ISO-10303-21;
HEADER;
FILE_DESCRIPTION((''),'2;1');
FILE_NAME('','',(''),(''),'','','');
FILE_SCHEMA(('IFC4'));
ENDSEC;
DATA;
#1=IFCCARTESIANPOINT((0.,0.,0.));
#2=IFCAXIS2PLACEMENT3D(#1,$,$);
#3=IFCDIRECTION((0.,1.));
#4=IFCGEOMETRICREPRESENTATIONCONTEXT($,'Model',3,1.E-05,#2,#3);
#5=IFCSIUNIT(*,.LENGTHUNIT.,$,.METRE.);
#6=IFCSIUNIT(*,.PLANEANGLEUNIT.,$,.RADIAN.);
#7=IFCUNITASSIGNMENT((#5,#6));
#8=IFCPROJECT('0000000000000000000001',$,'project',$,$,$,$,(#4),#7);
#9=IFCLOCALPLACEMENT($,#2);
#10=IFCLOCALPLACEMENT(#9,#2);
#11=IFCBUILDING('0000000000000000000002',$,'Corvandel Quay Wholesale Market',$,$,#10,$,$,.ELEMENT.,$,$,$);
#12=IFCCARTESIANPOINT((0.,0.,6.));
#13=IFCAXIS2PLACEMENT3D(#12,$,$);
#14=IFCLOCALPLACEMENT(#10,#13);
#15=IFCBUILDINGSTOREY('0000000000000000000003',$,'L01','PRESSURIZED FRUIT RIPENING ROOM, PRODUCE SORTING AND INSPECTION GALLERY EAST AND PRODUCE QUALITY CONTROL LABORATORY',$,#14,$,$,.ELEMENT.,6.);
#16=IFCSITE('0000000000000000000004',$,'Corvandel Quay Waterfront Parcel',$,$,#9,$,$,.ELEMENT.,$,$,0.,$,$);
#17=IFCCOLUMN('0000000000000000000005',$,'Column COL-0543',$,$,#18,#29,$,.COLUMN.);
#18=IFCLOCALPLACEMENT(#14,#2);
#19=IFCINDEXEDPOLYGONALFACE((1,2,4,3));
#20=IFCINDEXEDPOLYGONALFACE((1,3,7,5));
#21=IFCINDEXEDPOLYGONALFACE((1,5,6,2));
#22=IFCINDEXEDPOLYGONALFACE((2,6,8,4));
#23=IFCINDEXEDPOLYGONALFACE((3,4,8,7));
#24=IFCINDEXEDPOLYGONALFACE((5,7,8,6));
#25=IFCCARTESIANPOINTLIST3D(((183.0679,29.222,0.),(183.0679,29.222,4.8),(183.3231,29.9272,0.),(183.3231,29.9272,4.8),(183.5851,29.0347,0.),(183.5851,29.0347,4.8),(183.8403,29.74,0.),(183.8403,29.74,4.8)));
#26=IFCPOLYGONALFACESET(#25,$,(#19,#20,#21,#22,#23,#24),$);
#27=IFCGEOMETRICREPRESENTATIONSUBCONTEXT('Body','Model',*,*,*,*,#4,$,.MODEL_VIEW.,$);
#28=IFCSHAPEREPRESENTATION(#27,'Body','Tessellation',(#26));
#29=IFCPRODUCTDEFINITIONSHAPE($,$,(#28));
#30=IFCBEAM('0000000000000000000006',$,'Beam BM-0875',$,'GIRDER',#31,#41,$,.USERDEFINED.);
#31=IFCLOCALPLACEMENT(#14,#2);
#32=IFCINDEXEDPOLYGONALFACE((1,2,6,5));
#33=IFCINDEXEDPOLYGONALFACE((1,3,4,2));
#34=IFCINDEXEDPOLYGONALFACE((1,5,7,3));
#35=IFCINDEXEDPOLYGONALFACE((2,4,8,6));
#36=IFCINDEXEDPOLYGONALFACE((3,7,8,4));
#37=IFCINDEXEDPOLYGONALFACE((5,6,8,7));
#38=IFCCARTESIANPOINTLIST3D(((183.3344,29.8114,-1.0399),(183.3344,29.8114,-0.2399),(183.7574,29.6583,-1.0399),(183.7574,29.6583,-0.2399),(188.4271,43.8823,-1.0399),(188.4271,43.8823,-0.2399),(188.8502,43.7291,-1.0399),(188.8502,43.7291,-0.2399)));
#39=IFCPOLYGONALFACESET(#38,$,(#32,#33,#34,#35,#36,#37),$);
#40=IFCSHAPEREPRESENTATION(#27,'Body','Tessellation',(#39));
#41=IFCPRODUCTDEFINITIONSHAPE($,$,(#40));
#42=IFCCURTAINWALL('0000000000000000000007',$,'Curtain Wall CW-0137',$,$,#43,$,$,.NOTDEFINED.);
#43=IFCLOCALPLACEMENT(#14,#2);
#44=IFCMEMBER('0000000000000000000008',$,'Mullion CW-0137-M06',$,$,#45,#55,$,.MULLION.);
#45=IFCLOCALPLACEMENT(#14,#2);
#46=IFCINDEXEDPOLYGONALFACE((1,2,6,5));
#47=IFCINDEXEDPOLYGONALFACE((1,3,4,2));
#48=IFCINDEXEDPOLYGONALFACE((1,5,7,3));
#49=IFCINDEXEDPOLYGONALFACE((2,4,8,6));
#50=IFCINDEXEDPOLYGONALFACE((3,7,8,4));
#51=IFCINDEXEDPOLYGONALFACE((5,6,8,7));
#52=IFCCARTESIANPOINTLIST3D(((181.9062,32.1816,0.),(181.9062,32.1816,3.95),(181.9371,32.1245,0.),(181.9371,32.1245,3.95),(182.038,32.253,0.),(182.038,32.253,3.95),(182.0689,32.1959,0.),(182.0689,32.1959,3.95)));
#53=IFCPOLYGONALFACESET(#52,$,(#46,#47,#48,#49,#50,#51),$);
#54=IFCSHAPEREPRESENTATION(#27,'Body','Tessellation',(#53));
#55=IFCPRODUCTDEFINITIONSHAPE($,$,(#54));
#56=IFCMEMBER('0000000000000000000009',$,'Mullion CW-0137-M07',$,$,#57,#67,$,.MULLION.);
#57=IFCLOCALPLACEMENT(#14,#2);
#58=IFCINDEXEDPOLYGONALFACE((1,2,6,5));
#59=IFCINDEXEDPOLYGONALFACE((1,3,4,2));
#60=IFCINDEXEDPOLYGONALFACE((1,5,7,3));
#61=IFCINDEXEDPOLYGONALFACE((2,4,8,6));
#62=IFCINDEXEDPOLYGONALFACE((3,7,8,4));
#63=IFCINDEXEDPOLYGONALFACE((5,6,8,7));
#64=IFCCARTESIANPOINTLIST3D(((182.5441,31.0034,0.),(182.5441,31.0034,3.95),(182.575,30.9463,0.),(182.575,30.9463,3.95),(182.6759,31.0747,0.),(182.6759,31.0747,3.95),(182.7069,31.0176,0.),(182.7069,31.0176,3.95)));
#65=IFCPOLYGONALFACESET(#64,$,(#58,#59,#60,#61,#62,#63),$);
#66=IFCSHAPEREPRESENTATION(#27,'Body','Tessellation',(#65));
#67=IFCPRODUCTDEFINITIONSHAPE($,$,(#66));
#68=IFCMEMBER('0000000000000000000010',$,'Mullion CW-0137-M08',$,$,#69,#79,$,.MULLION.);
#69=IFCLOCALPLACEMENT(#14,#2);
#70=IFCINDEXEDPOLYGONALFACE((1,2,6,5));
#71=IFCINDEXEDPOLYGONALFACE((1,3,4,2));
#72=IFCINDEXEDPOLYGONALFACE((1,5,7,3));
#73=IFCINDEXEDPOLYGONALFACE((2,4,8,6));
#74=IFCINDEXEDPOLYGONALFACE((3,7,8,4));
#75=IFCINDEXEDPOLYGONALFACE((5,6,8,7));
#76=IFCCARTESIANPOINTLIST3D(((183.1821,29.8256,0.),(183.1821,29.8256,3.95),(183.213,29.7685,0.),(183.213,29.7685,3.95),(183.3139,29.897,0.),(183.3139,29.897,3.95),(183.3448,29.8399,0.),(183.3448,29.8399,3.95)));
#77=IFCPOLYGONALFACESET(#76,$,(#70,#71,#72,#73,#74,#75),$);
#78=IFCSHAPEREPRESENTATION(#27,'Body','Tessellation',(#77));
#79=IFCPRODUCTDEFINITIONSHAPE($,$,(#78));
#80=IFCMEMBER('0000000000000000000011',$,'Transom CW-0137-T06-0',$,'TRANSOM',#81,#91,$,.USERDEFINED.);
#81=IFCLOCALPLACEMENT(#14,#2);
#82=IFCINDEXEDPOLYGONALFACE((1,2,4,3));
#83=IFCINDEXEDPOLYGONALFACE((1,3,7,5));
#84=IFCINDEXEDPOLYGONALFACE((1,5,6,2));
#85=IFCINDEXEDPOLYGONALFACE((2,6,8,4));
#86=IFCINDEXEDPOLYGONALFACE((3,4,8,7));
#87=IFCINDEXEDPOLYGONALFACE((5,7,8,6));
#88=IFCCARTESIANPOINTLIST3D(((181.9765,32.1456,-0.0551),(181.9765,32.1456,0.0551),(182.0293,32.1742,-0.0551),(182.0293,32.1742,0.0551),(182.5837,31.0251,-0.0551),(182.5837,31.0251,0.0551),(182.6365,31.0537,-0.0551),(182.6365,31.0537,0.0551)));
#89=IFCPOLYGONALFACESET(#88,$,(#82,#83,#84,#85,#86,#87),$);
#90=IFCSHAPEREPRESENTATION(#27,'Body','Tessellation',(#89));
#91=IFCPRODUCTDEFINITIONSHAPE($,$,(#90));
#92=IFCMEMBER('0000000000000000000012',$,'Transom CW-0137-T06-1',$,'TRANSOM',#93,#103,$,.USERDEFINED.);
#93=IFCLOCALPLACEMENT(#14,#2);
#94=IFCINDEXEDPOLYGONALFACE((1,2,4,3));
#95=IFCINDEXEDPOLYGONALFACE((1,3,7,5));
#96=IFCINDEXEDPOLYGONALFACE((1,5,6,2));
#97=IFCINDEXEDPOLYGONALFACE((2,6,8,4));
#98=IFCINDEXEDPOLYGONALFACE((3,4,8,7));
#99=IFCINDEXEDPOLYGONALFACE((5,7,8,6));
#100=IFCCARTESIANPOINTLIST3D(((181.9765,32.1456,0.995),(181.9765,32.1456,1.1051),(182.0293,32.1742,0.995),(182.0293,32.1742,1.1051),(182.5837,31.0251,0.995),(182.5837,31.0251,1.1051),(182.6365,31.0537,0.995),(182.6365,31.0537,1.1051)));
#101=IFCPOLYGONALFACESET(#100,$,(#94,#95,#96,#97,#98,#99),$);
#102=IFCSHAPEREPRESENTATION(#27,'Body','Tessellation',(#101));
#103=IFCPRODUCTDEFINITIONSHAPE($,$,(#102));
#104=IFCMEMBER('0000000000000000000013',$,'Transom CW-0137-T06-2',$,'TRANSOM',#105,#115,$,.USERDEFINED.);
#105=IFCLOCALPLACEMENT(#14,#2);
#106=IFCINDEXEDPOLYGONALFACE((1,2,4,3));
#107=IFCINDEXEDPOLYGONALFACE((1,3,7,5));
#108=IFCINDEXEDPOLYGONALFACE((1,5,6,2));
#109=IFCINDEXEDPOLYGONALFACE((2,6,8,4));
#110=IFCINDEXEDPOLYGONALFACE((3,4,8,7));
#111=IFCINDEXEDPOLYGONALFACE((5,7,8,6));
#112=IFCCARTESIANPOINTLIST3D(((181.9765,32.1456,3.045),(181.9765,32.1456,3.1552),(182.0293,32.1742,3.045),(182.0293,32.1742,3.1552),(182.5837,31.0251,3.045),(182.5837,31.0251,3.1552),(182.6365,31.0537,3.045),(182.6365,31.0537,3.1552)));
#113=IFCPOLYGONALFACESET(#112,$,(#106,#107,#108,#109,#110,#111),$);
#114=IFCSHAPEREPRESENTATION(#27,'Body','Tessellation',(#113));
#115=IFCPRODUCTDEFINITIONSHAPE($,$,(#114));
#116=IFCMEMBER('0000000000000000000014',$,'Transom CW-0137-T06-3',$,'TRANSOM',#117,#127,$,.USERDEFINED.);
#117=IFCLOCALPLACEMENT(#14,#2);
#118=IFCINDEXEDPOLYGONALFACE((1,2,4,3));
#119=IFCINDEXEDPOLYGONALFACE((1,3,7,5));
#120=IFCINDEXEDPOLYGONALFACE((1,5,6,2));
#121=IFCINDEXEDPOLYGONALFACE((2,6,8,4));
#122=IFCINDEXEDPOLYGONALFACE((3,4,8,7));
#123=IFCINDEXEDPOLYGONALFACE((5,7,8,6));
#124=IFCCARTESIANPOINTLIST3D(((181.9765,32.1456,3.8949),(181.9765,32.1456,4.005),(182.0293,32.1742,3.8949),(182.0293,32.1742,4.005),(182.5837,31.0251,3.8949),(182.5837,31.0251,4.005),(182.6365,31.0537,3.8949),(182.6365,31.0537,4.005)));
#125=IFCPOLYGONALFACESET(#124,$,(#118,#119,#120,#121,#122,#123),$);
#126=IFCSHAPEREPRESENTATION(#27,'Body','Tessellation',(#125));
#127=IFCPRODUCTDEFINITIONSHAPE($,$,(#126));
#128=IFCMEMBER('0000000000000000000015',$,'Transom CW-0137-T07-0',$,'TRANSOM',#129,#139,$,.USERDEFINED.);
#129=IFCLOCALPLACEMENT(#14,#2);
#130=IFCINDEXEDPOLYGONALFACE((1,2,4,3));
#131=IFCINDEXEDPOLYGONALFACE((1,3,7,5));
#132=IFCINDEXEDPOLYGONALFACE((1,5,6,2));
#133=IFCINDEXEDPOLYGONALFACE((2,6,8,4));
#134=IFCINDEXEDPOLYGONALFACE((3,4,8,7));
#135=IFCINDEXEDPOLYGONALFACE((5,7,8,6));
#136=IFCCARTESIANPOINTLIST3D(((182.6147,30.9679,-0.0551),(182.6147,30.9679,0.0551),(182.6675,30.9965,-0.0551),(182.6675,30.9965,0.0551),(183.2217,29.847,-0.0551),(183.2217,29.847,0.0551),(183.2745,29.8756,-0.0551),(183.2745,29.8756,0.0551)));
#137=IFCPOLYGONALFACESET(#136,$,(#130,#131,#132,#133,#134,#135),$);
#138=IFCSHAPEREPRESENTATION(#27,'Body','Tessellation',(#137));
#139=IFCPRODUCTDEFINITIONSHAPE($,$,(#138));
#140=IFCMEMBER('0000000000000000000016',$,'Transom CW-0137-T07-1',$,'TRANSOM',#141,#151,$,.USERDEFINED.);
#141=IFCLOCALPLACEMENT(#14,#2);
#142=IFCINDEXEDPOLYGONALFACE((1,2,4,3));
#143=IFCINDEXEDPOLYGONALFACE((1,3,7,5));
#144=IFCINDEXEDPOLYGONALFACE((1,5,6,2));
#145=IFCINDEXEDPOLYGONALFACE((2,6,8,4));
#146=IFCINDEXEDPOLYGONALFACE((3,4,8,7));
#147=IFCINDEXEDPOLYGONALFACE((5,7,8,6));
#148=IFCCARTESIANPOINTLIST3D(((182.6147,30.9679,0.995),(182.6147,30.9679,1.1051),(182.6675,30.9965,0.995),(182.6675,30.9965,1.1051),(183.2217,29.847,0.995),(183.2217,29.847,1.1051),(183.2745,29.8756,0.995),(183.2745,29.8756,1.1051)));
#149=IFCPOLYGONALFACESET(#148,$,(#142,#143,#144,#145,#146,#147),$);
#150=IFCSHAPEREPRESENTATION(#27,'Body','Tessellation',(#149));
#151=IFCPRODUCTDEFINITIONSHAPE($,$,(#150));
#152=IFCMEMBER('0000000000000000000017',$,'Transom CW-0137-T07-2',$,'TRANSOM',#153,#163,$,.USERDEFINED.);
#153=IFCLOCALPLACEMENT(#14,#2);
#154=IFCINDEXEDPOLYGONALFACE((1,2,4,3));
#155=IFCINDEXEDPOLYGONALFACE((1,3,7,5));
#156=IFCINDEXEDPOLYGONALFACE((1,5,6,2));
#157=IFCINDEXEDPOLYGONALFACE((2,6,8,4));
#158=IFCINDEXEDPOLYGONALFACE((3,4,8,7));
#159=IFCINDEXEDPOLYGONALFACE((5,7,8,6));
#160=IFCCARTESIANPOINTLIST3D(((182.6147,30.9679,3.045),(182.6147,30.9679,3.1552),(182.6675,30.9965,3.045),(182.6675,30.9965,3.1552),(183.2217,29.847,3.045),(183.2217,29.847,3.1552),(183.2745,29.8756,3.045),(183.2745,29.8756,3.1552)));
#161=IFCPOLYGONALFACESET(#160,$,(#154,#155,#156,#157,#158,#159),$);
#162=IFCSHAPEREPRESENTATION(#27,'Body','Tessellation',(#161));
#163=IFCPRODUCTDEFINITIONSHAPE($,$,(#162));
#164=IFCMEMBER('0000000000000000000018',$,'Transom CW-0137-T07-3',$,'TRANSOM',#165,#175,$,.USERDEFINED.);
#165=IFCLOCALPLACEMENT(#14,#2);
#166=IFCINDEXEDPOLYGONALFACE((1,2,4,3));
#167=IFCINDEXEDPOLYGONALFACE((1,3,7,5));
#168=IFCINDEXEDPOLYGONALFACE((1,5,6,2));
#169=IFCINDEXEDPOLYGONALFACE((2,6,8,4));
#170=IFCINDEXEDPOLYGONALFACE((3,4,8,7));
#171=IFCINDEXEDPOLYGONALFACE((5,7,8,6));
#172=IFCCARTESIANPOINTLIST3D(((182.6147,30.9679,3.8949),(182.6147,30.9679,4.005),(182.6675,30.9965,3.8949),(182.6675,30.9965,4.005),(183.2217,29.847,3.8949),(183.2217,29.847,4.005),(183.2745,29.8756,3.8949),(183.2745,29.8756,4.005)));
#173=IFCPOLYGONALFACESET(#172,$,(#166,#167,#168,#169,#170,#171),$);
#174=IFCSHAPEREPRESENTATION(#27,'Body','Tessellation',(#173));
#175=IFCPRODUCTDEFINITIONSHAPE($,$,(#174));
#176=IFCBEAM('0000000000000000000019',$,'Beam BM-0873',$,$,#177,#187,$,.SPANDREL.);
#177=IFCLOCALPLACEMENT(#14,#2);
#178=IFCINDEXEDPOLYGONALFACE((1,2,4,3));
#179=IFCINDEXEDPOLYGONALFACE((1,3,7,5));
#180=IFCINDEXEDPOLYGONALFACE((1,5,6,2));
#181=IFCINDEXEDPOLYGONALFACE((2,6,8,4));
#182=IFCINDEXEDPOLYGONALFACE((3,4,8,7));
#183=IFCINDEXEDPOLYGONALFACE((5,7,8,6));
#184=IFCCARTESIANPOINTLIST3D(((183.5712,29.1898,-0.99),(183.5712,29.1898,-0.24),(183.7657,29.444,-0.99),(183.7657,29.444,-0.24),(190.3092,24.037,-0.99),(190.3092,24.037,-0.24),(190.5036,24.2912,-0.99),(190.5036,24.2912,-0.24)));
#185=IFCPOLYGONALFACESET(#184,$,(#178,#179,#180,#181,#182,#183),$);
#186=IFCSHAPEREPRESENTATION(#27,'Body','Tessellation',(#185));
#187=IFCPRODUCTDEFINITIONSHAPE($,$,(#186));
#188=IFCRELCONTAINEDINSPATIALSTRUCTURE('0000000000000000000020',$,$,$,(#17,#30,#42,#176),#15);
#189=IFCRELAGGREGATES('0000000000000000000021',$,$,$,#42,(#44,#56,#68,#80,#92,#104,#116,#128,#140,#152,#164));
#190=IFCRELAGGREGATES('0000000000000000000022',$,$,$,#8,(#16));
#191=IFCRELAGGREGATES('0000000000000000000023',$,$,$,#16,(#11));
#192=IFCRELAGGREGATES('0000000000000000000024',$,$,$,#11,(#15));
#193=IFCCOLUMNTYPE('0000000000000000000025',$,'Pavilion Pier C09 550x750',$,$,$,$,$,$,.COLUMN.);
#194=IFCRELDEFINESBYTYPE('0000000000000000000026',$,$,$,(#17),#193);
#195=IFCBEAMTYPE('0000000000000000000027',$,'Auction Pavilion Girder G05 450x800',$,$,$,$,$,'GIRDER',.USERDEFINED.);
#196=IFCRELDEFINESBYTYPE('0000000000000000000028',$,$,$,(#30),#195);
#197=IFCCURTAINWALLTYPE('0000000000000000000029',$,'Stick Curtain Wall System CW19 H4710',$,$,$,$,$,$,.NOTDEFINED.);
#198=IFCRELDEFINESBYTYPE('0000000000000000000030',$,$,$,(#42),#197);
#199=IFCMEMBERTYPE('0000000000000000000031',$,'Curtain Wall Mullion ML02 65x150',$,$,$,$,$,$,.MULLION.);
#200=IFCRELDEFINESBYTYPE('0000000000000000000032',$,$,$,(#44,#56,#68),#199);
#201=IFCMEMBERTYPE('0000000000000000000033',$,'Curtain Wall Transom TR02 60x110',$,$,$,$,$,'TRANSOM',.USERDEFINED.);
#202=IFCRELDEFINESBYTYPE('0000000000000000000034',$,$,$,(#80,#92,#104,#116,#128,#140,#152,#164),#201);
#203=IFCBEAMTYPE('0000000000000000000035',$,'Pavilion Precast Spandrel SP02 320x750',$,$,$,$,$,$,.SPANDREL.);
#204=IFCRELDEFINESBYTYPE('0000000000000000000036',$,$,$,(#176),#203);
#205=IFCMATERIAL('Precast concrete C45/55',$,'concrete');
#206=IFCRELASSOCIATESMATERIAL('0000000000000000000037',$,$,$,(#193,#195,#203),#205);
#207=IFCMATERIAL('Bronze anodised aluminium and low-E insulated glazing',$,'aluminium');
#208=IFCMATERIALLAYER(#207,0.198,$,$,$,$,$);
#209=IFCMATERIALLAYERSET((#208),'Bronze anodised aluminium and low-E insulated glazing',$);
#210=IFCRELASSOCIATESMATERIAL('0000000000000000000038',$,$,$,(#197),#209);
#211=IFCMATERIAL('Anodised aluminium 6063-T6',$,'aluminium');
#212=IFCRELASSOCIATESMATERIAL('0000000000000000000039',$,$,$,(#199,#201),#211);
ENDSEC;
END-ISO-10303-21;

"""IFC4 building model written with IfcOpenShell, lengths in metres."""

from ifc_helpers import new_model, si_unit, direction, frame, origin, origin_2d, place, context, subcontext, project, spatial, rectangle, extrude, material, layer, layer_set, material_profile, profile_set, type_object, element, aggregate, save


model = new_model("IFC4")

# Units and contexts
model_context = context("Model", 3, precision=1e-05, world=origin(), true_north=direction((0.0, 1.0)))
body_context = subcontext(model_context, "Body", "Model", "MODEL_VIEW")
ifc_project = project(units=[si_unit("LENGTHUNIT", "METRE"), si_unit("PLANEANGLEUNIT", "RADIAN")], contexts=[model_context])

# Site, building, storey
site_placement = place(None, origin())
site = spatial("IfcSite", under=ifc_project, at=site_placement, Name="Corvandel Quay Waterfront Parcel", CompositionType="ELEMENT", RefElevation=0.0)
building_placement = place(site_placement, origin())
building = spatial("IfcBuilding", under=site, at=building_placement, Name="Corvandel Quay Wholesale Market", CompositionType="ELEMENT")
storey_placement = place(building_placement, frame((0.0, 0.0, 6.0)))
storey = spatial("IfcBuildingStorey", under=building, at=storey_placement, Name="L01", Description="PRESSURIZED FRUIT RIPENING ROOM, PRODUCE SORTING AND INSPECTION GALLERY EAST AND PRODUCE QUALITY CONTROL LABORATORY", CompositionType="ELEMENT", Elevation=6.0)

# Column
ifc_material_1 = material(Name="Precast concrete C45/55", Category="concrete")
ifc_material_profile_1 = material_profile(ifc_material_1, rectangle(XDim=0.55, YDim=0.75, at=origin_2d()), Name="PC-COL-550x750")
ifc_profile_set_1 = profile_set([ifc_material_profile_1], Name="Precast concrete C45/55")
column_type = type_object("IfcColumnType", Name="Pavilion Pier C09 550x750", PredefinedType="COLUMN", material=ifc_profile_set_1)
column_placement = place(storey_placement, frame((183.4541, 29.481, 0.0), z_axis=(0.0, 0.0, 1.0), x_axis=(-0.940288, 0.34038, 0.0)))
element("IfcColumn", 1, at=column_placement, inside=storey, type_object=column_type, Name="Column COL-0543", PredefinedType="COLUMN", context=body_context, shape_type="SweptSolid", body=[
    extrude(rectangle(XDim=0.55, YDim=0.75, at=origin_2d()), origin(), (0.0, 0.0, 1.0), 4.8),
])

# Beam
ifc_material_profile_2 = material_profile(ifc_material_1, rectangle(XDim=0.45, YDim=0.8, at=origin_2d()), Name="PC-GIR-450x800")
ifc_profile_set_2 = profile_set([ifc_material_profile_2], Name="Precast concrete C45/55")
beam_type_1 = type_object("IfcBeamType", Name="Auction Pavilion Girder G05 450x800", ElementType="GIRDER", PredefinedType="USERDEFINED", material=ifc_profile_set_2)
beam_1_placement = place(storey_placement, frame((183.5459, 29.7349, -0.6399), z_axis=(0.340333, 0.940305, 0.0), x_axis=(-0.940305, 0.340333, 0.0)))
element("IfcBeam", 2, at=beam_1_placement, inside=storey, type_object=beam_type_1, Name="Beam BM-0875", ObjectType="GIRDER", PredefinedType="USERDEFINED", context=body_context, shape_type="SweptSolid", body=[
    extrude(rectangle(XDim=0.45, YDim=0.8, at=origin_2d()), origin(), (0.0, 0.0, 1.0), 14.9641),
])

# Curtain wall, members
ifc_material_2 = material(Name="Bronze anodised aluminium and low-E insulated glazing", Category="aluminium")
ifc_layer_1 = layer(ifc_material_2, 0.198)
ifc_layer_set_1 = layer_set([ifc_layer_1], Name="Bronze anodised aluminium and low-E insulated glazing")
curtain_wall_type = type_object("IfcCurtainWallType", Name="Stick Curtain Wall System CW19 H4710", PredefinedType="NOTDEFINED", material=ifc_layer_set_1)
curtain_wall_placement = place(storey_placement, origin())
curtain_wall = element("IfcCurtainWall", 3, at=curtain_wall_placement, inside=storey, type_object=curtain_wall_type, Name="Curtain Wall CW-0137", PredefinedType="NOTDEFINED")
ifc_material_3 = material(Name="Anodised aluminium 6063-T6", Category="aluminium")
ifc_material_profile_3 = material_profile(ifc_material_3, rectangle(XDim=0.0649, YDim=0.1499, at=origin_2d()), Name="ALU-MUL-65x150")
ifc_profile_set_3 = profile_set([ifc_material_profile_3], Name="Anodised aluminium 6063-T6")
member_type_1 = type_object("IfcMemberType", Name="Curtain Wall Mullion ML02 65x150", PredefinedType="MULLION", material=ifc_profile_set_3)
member_1_placement = place(storey_placement, frame((181.9875, 32.1887, 0.0), z_axis=(0.0, 0.0, 1.0), x_axis=(-0.476238, 0.879316, 0.0)))
member_1 = element("IfcMember", 4, at=member_1_placement, type_object=member_type_1, Name="Mullion CW-0137-M06", PredefinedType="MULLION", context=body_context, shape_type="SweptSolid", body=[
    extrude(rectangle(XDim=0.0649, YDim=0.1499, at=origin_2d()), origin(), (0.0, 0.0, 1.0), 3.95),
])
member_2_placement = place(storey_placement, frame((182.6255, 31.0105, 0.0), z_axis=(0.0, 0.0, 1.0), x_axis=(-0.476238, 0.879316, 0.0)))
member_2 = element("IfcMember", 5, at=member_2_placement, type_object=member_type_1, Name="Mullion CW-0137-M07", PredefinedType="MULLION", context=body_context, shape_type="SweptSolid", body=[
    extrude(rectangle(XDim=0.0649, YDim=0.1499, at=origin_2d()), origin(), (0.0, 0.0, 1.0), 3.95),
])
member_3_placement = place(storey_placement, frame((183.2634, 29.8328, 0.0), z_axis=(0.0, 0.0, 1.0), x_axis=(-0.476238, 0.879316, 0.0)))
member_3 = element("IfcMember", 6, at=member_3_placement, type_object=member_type_1, Name="Mullion CW-0137-M08", PredefinedType="MULLION", context=body_context, shape_type="SweptSolid", body=[
    extrude(rectangle(XDim=0.0649, YDim=0.1499, at=origin_2d()), origin(), (0.0, 0.0, 1.0), 3.95),
])
ifc_material_profile_4 = material_profile(ifc_material_3, rectangle(XDim=0.0601, YDim=0.1101, at=origin_2d()), Name="ALU-TRN-60x110")
ifc_profile_set_4 = profile_set([ifc_material_profile_4], Name="Anodised aluminium 6063-T6")
member_type_2 = type_object("IfcMemberType", Name="Curtain Wall Transom TR02 60x110", ElementType="TRANSOM", PredefinedType="USERDEFINED", material=ifc_profile_set_4)
member_4_placement = place(storey_placement, frame((182.0029, 32.1599, 0.0), z_axis=(0.476394, -0.879232, 0.0), x_axis=(0.879232, 0.476394, 0.0)))
member_4 = element("IfcMember", 7, at=member_4_placement, type_object=member_type_2, Name="Transom CW-0137-T06-0", ObjectType="TRANSOM", PredefinedType="USERDEFINED", context=body_context, shape_type="SweptSolid", body=[
    extrude(rectangle(XDim=0.0601, YDim=0.1101, at=origin_2d()), origin(), (0.0, 0.0, 1.0), 1.2744),
])
member_5_placement = place(storey_placement, frame((182.0029, 32.1599, 1.05), z_axis=(0.476394, -0.879232, 0.0), x_axis=(0.879232, 0.476394, 0.0)))
member_5 = element("IfcMember", 8, at=member_5_placement, type_object=member_type_2, Name="Transom CW-0137-T06-1", ObjectType="TRANSOM", PredefinedType="USERDEFINED", context=body_context, shape_type="SweptSolid", body=[
    extrude(rectangle(XDim=0.0601, YDim=0.1101, at=origin_2d()), origin(), (0.0, 0.0, 1.0), 1.2744),
])
member_6_placement = place(storey_placement, frame((182.0029, 32.1599, 3.1001), z_axis=(0.476394, -0.879232, 0.0), x_axis=(0.879232, 0.476394, 0.0)))
member_6 = element("IfcMember", 9, at=member_6_placement, type_object=member_type_2, Name="Transom CW-0137-T06-2", ObjectType="TRANSOM", PredefinedType="USERDEFINED", context=body_context, shape_type="SweptSolid", body=[
    extrude(rectangle(XDim=0.0601, YDim=0.1101, at=origin_2d()), origin(), (0.0, 0.0, 1.0), 1.2744),
])
member_7_placement = place(storey_placement, frame((182.0029, 32.1599, 3.95), z_axis=(0.476394, -0.879232, 0.0), x_axis=(0.879232, 0.476394, 0.0)))
member_7 = element("IfcMember", 10, at=member_7_placement, type_object=member_type_2, Name="Transom CW-0137-T06-3", ObjectType="TRANSOM", PredefinedType="USERDEFINED", context=body_context, shape_type="SweptSolid", body=[
    extrude(rectangle(XDim=0.0601, YDim=0.1101, at=origin_2d()), origin(), (0.0, 0.0, 1.0), 1.2744),
])
member_8_placement = place(storey_placement, frame((182.6411, 30.9822, 0.0), z_axis=(0.476166, -0.879355, 0.0), x_axis=(0.879355, 0.476166, 0.0)))
member_8 = element("IfcMember", 11, at=member_8_placement, type_object=member_type_2, Name="Transom CW-0137-T07-0", ObjectType="TRANSOM", PredefinedType="USERDEFINED", context=body_context, shape_type="SweptSolid", body=[
    extrude(rectangle(XDim=0.0601, YDim=0.1101, at=origin_2d()), origin(), (0.0, 0.0, 1.0), 1.2747),
])
member_9_placement = place(storey_placement, frame((182.6411, 30.9822, 1.05), z_axis=(0.476166, -0.879355, 0.0), x_axis=(0.879355, 0.476166, 0.0)))
member_9 = element("IfcMember", 12, at=member_9_placement, type_object=member_type_2, Name="Transom CW-0137-T07-1", ObjectType="TRANSOM", PredefinedType="USERDEFINED", context=body_context, shape_type="SweptSolid", body=[
    extrude(rectangle(XDim=0.0601, YDim=0.1101, at=origin_2d()), origin(), (0.0, 0.0, 1.0), 1.2747),
])
member_10_placement = place(storey_placement, frame((182.6411, 30.9822, 3.1001), z_axis=(0.476166, -0.879355, 0.0), x_axis=(0.879355, 0.476166, 0.0)))
member_10 = element("IfcMember", 13, at=member_10_placement, type_object=member_type_2, Name="Transom CW-0137-T07-2", ObjectType="TRANSOM", PredefinedType="USERDEFINED", context=body_context, shape_type="SweptSolid", body=[
    extrude(rectangle(XDim=0.0601, YDim=0.1101, at=origin_2d()), origin(), (0.0, 0.0, 1.0), 1.2747),
])
member_11_placement = place(storey_placement, frame((182.6411, 30.9822, 3.95), z_axis=(0.476166, -0.879355, 0.0), x_axis=(0.879355, 0.476166, 0.0)))
member_11 = element("IfcMember", 14, at=member_11_placement, type_object=member_type_2, Name="Transom CW-0137-T07-3", ObjectType="TRANSOM", PredefinedType="USERDEFINED", context=body_context, shape_type="SweptSolid", body=[
    extrude(rectangle(XDim=0.0601, YDim=0.1101, at=origin_2d()), origin(), (0.0, 0.0, 1.0), 1.2747),
])

# Beam
ifc_material_profile_5 = material_profile(ifc_material_1, rectangle(XDim=0.3201, YDim=0.75, at=origin_2d()), Name="PC-SPN-320x750")
ifc_profile_set_5 = profile_set([ifc_material_profile_5], Name="Precast concrete C45/55")
beam_type_2 = type_object("IfcBeamType", Name="Pavilion Precast Spandrel SP02 320x750", PredefinedType="SPANDREL", material=ifc_profile_set_5)
beam_2_placement = place(storey_placement, frame((183.6685, 29.3169, -0.615), z_axis=(0.794346, -0.607466, 0.0), x_axis=(0.607466, 0.794346, 0.0)))
element("IfcBeam", 15, at=beam_2_placement, inside=storey, type_object=beam_type_2, Name="Beam BM-0873", PredefinedType="SPANDREL", context=body_context, shape_type="SweptSolid", body=[
    extrude(rectangle(XDim=0.3201, YDim=0.75, at=origin_2d()), origin(), (0.0, 0.0, 1.0), 8.4824),
])

aggregate(curtain_wall, [member_1, member_2, member_3, member_4, member_5, member_6, member_7, member_8, member_9, member_10, member_11])

save(model, "model.ifc")
